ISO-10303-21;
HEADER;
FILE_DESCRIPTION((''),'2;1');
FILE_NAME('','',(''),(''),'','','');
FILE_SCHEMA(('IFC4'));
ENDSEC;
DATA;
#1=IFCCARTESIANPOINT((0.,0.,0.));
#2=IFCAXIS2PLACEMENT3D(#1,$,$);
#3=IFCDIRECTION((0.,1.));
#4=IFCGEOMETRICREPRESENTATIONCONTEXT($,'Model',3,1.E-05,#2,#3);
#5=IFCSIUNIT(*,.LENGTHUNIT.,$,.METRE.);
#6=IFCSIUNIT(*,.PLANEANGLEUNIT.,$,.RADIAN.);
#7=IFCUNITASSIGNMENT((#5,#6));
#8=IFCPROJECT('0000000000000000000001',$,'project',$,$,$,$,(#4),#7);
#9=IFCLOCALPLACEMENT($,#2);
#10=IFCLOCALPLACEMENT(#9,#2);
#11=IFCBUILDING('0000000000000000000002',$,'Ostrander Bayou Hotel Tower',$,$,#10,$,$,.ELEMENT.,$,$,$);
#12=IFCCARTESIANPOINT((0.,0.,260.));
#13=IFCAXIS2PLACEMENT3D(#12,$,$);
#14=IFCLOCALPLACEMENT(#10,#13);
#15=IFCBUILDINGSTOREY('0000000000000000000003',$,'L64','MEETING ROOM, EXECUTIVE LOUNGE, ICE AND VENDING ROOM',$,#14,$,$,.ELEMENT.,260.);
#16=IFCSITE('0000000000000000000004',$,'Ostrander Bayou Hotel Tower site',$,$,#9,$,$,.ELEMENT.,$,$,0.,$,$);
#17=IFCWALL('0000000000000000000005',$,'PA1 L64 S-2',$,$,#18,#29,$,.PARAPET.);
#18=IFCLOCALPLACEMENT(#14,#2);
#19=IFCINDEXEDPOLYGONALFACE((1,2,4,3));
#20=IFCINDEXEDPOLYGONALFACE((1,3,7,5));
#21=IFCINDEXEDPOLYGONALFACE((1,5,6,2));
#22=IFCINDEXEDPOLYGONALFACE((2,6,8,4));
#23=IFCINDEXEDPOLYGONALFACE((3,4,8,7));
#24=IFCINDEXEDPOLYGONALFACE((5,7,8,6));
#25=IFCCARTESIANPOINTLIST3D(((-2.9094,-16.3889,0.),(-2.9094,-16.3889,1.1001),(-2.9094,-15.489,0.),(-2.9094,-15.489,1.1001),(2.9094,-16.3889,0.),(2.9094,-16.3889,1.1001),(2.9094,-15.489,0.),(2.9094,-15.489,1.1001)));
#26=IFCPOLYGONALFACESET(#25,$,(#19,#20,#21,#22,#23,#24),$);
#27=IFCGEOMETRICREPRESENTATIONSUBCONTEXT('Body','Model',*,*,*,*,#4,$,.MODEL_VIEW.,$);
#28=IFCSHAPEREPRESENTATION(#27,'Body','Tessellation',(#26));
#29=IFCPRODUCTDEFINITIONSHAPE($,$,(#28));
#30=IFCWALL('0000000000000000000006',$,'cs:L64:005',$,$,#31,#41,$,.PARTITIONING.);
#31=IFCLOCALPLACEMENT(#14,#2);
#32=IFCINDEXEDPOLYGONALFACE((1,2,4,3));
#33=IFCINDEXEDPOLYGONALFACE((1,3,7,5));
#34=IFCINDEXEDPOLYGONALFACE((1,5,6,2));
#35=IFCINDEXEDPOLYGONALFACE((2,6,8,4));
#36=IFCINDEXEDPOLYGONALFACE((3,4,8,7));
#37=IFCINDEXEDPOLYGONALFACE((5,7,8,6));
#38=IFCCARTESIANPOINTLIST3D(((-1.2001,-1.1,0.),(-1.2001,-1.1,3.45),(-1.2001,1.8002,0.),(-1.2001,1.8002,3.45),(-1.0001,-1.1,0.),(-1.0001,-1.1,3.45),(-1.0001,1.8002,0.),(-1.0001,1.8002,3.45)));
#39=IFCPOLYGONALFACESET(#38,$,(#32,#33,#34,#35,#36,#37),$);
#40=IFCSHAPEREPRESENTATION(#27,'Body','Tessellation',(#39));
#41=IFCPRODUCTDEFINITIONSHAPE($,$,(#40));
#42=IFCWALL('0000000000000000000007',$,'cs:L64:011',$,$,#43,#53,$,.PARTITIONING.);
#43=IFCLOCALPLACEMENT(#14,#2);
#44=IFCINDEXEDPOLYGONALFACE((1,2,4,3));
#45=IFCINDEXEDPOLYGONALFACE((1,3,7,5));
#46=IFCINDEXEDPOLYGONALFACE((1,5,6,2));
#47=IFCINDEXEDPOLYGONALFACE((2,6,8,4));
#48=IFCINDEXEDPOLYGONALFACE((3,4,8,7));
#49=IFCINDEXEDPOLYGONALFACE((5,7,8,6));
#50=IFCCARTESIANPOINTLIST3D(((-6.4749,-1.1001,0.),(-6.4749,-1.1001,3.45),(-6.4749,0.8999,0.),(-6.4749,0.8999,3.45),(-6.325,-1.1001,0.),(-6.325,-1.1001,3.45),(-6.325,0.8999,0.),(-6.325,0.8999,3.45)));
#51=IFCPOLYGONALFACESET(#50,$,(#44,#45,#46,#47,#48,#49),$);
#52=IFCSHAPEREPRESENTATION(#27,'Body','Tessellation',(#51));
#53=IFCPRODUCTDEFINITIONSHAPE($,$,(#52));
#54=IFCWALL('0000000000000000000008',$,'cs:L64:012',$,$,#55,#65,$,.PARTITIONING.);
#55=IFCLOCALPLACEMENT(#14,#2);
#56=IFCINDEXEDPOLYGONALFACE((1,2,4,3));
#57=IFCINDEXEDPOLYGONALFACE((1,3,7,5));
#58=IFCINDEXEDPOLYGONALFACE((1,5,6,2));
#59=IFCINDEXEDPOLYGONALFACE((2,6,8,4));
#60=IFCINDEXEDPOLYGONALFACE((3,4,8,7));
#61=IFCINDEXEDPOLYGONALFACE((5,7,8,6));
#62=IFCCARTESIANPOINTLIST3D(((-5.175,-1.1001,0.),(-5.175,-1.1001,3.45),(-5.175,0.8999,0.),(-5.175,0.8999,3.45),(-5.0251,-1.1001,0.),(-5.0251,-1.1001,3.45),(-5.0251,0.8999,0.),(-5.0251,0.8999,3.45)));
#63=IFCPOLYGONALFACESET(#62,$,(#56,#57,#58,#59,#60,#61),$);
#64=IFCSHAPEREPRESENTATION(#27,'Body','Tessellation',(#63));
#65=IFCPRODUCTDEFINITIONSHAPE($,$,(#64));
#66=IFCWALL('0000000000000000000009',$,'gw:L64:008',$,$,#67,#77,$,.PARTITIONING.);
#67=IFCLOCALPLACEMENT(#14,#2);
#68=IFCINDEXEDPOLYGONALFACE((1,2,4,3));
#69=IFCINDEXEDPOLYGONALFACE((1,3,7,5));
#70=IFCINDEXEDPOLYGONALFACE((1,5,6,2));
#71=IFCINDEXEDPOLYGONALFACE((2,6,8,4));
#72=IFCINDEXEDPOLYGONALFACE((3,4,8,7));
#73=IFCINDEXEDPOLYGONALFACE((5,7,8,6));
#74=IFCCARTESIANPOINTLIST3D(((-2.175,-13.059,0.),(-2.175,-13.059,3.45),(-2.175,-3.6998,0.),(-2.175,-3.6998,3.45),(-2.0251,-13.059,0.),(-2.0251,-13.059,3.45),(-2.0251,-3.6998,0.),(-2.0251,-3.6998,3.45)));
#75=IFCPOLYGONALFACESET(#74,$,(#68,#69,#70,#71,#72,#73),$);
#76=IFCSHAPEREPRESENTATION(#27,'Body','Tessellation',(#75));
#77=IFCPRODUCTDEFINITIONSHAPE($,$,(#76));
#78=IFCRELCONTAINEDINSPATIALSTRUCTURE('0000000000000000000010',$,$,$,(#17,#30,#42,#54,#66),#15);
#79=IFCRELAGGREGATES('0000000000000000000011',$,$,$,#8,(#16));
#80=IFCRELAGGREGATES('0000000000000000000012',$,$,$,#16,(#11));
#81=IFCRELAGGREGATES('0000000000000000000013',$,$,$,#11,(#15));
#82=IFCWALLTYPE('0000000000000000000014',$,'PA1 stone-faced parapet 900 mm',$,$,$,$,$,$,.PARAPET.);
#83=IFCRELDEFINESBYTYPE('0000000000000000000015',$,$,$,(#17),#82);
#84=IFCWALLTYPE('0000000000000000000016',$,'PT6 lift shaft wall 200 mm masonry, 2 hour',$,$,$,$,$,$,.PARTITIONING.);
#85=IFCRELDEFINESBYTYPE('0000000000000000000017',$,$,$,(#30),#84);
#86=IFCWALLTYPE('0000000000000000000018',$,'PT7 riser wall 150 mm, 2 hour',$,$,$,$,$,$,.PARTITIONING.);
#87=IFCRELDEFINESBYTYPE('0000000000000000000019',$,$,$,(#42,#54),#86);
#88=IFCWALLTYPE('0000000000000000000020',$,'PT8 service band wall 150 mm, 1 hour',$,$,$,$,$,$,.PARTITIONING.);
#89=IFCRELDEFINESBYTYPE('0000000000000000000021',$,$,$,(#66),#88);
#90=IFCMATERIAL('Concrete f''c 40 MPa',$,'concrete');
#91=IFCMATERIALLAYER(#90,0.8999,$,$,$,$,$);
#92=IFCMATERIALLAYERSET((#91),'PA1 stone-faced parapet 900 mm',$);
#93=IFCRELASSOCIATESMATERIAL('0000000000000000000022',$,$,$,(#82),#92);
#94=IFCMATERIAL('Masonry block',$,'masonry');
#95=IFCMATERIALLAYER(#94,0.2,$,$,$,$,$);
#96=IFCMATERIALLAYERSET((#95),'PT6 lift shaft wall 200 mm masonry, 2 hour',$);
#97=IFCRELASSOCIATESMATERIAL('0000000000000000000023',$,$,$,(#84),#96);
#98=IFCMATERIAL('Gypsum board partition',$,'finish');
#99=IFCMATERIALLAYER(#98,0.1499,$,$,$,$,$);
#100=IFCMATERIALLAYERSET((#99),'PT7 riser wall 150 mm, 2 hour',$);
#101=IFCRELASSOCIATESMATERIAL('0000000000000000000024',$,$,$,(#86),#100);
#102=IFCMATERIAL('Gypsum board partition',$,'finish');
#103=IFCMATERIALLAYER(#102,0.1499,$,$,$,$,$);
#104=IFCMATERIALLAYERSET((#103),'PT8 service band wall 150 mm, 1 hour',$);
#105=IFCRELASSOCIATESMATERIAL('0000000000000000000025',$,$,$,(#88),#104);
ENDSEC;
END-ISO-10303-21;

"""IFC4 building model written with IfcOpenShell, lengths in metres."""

from ifc_helpers import new_model, si_unit, direction, frame, frame_2d, origin, place, context, subcontext, project, spatial, rectangle, extrude, material, layer, layer_set, type_object, element, save


model = new_model("IFC4")

# Units and contexts
model_context = context("Model", 3, precision=1e-05, world=origin(), true_north=direction((0.0, 1.0)))
body_context = subcontext(model_context, "Body", "Model", "MODEL_VIEW")
ifc_project = project(units=[si_unit("LENGTHUNIT", "METRE"), si_unit("PLANEANGLEUNIT", "RADIAN")], contexts=[model_context])

# Site, building, storey
site_placement = place(None, origin())
site = spatial("IfcSite", under=ifc_project, at=site_placement, Name="Ostrander Bayou Hotel Tower site", CompositionType="ELEMENT", RefElevation=0.0)
building_placement = place(site_placement, origin())
building = spatial("IfcBuilding", under=site, at=building_placement, Name="Ostrander Bayou Hotel Tower", CompositionType="ELEMENT")
storey_placement = place(building_placement, frame((0.0, 0.0, 260.0)))
storey = spatial("IfcBuildingStorey", under=building, at=storey_placement, Name="L64", Description="MEETING ROOM, EXECUTIVE LOUNGE, ICE AND VENDING ROOM", CompositionType="ELEMENT", Elevation=260.0)

# Walls
ifc_material_1 = material(Name="Concrete f'c 40 MPa", Category="concrete")
ifc_layer_1 = layer(ifc_material_1, 0.8999)
ifc_layer_set_1 = layer_set([ifc_layer_1], Name="PA1 stone-faced parapet 900 mm")
wall_type_1 = type_object("IfcWallType", Name="PA1 stone-faced parapet 900 mm", PredefinedType="PARAPET", material=ifc_layer_set_1)
wall_1_placement = place(storey_placement, frame((-2.9094, -15.939, 0.0), z_axis=(0.0, 0.0, 1.0), x_axis=(1.0, 0.0, 0.0)))
element("IfcWall", 1, at=wall_1_placement, inside=storey, type_object=wall_type_1, Name="PA1 L64 S-2", PredefinedType="PARAPET", context=body_context, shape_type="SweptSolid", body=[
    extrude(rectangle(XDim=5.8188, YDim=0.8999, at=frame_2d((2.9094, 0.0))), origin(), (0.0, 0.0, 1.0), 1.1001),
])
ifc_material_2 = material(Name="Masonry block", Category="masonry")
ifc_layer_2 = layer(ifc_material_2, 0.2)
ifc_layer_set_2 = layer_set([ifc_layer_2], Name="PT6 lift shaft wall 200 mm masonry, 2 hour")
wall_type_2 = type_object("IfcWallType", Name="PT6 lift shaft wall 200 mm masonry, 2 hour", PredefinedType="PARTITIONING", material=ifc_layer_set_2)
wall_2_placement = place(storey_placement, frame((-1.1001, -1.1001, 0.0), z_axis=(0.0, 0.0, 1.0), x_axis=(0.0, 1.0, 0.0)))
element("IfcWall", 2, at=wall_2_placement, inside=storey, type_object=wall_type_2, Name="cs:L64:005", PredefinedType="PARTITIONING", context=body_context, shape_type="SweptSolid", body=[
    extrude(rectangle(XDim=2.9001, YDim=0.2, at=frame_2d((1.4502, 0.0))), origin(), (0.0, 0.0, 1.0), 3.45),
])
ifc_material_3 = material(Name="Gypsum board partition", Category="finish")
ifc_layer_3 = layer(ifc_material_3, 0.1499)
ifc_layer_set_3 = layer_set([ifc_layer_3], Name="PT7 riser wall 150 mm, 2 hour")
wall_type_3 = type_object("IfcWallType", Name="PT7 riser wall 150 mm, 2 hour", PredefinedType="PARTITIONING", material=ifc_layer_set_3)
for number, where, z_axis, x_axis, name in (
    (3, (-6.3999, -1.1001, 0.0), (0.0, 0.0, 1.0), (0.0, 1.0, 0.0), "cs:L64:011"),
    (4, (-5.1001, -1.1001, 0.0), (0.0, 0.0, 1.0), (0.0, 1.0, 0.0), "cs:L64:012"),
):
    element("IfcWall", number, at=place(storey_placement, frame(where, z_axis=z_axis, x_axis=x_axis)), inside=storey, type_object=wall_type_3, Name=name, PredefinedType="PARTITIONING", context=body_context, shape_type="SweptSolid", body=[
        extrude(rectangle(XDim=2.0, YDim=0.1499, at=frame_2d((1.0, 0.0))), origin(), (0.0, 0.0, 1.0), 3.45),
    ])
ifc_material_4 = material(Name="Gypsum board partition", Category="finish")
ifc_layer_4 = layer(ifc_material_4, 0.1499)
ifc_layer_set_4 = layer_set([ifc_layer_4], Name="PT8 service band wall 150 mm, 1 hour")
wall_type_4 = type_object("IfcWallType", Name="PT8 service band wall 150 mm, 1 hour", PredefinedType="PARTITIONING", material=ifc_layer_set_4)
wall_3_placement = place(storey_placement, frame((-2.1001, -13.0591, 0.0), z_axis=(0.0, 0.0, 1.0), x_axis=(0.0, 1.0, 0.0)))
element("IfcWall", 5, at=wall_3_placement, inside=storey, type_object=wall_type_4, Name="gw:L64:008", PredefinedType="PARTITIONING", context=body_context, shape_type="SweptSolid", body=[
    extrude(rectangle(XDim=9.3591, YDim=0.1499, at=frame_2d((4.6797, 0.0))), origin(), (0.0, 0.0, 1.0), 3.45),
])

save(model, "model.ifc")
